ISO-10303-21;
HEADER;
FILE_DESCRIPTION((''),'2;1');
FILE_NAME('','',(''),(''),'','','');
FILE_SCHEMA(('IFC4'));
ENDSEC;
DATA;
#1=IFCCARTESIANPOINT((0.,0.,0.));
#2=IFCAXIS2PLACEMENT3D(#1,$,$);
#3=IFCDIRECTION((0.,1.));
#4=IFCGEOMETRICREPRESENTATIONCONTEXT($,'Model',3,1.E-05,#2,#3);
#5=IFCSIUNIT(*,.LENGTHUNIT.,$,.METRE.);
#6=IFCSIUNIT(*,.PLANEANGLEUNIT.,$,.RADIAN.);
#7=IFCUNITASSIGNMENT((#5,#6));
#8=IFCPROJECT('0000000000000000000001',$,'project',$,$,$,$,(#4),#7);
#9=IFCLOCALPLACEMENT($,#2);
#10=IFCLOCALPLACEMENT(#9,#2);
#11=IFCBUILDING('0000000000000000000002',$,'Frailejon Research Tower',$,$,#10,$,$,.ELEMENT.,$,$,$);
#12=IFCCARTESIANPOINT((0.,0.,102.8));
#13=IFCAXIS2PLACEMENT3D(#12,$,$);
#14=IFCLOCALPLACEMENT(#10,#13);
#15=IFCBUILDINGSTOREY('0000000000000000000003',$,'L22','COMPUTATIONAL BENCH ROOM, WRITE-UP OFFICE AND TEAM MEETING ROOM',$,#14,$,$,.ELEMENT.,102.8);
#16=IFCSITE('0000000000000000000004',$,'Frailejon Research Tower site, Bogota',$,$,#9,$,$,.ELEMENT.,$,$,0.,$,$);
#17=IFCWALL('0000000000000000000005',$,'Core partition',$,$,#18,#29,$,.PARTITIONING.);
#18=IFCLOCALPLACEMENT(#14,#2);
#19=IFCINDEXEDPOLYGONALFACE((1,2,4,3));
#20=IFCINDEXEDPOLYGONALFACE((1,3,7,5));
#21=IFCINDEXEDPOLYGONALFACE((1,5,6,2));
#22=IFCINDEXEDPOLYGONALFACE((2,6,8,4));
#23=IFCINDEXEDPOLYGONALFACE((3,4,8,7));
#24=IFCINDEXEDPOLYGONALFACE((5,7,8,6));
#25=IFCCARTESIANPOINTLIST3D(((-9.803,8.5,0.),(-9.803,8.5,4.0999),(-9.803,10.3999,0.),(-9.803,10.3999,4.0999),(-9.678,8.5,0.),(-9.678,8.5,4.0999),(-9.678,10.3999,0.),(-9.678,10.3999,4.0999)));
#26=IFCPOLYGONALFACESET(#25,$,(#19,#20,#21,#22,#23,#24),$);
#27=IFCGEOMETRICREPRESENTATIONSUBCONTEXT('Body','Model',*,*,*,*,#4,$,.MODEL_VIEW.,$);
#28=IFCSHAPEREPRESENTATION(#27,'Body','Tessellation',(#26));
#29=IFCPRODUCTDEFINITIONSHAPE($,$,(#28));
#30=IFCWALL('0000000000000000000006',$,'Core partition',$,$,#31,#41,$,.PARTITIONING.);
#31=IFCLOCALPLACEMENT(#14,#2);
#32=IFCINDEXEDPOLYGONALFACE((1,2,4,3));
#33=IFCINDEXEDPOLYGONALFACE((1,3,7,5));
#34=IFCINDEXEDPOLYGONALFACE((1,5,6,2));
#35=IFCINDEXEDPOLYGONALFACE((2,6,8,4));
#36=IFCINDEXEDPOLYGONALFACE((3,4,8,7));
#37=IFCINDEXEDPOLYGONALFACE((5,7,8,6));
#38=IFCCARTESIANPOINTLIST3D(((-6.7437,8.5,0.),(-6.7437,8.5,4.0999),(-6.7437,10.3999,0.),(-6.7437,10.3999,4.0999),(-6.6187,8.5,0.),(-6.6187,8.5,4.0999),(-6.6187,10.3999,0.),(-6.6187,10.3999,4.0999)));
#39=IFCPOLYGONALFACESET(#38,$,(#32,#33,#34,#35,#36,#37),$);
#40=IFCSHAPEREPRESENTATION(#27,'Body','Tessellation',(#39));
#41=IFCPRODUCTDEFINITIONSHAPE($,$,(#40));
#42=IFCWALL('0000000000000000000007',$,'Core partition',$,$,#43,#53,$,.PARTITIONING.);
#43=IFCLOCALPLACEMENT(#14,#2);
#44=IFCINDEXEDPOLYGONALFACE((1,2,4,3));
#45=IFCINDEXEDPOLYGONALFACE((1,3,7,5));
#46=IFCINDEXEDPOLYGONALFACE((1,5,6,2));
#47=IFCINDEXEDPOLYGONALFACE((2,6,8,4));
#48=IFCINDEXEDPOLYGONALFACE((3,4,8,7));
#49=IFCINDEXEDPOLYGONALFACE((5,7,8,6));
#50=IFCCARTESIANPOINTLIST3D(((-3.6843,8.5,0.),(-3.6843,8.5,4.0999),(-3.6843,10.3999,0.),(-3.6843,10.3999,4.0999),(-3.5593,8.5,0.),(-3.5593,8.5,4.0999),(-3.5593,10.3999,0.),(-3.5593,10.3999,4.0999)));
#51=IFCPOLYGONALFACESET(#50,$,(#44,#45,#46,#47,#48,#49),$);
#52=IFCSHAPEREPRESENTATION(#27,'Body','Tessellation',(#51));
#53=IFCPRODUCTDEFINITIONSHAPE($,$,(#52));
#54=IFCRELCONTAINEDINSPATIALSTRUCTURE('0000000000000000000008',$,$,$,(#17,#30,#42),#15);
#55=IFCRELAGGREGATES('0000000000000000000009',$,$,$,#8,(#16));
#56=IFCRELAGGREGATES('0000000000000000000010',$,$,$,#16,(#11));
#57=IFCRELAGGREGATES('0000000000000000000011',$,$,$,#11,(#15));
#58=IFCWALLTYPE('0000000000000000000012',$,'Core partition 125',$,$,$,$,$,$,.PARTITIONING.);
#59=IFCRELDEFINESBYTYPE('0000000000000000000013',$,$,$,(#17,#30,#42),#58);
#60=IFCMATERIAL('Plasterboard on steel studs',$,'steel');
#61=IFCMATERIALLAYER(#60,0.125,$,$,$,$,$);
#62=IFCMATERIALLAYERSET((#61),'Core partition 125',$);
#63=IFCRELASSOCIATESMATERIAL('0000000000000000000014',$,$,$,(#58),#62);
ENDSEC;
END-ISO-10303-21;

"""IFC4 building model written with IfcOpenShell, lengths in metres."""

from ifc_helpers import new_model, si_unit, direction, frame, frame_2d, origin, place, context, subcontext, project, spatial, rectangle, extrude, material, layer, layer_set, type_object, element, save


model = new_model("IFC4")

# Units and contexts
model_context = context("Model", 3, precision=1e-05, world=origin(), true_north=direction((0.0, 1.0)))
body_context = subcontext(model_context, "Body", "Model", "MODEL_VIEW")
ifc_project = project(units=[si_unit("LENGTHUNIT", "METRE"), si_unit("PLANEANGLEUNIT", "RADIAN")], contexts=[model_context])

# Site, building, storey
site_placement = place(None, origin())
site = spatial("IfcSite", under=ifc_project, at=site_placement, Name="Frailejon Research Tower site, Bogota", CompositionType="ELEMENT", RefElevation=0.0)
building_placement = place(site_placement, origin())
building = spatial("IfcBuilding", under=site, at=building_placement, Name="Frailejon Research Tower", CompositionType="ELEMENT")
storey_placement = place(building_placement, frame((0.0, 0.0, 102.8)))
storey = spatial("IfcBuildingStorey", under=building, at=storey_placement, Name="L22", Description="COMPUTATIONAL BENCH ROOM, WRITE-UP OFFICE AND TEAM MEETING ROOM", CompositionType="ELEMENT", Elevation=102.8)

# Walls
ifc_material_1 = material(Name="Plasterboard on steel studs", Category="steel")
ifc_layer_1 = layer(ifc_material_1, 0.125)
ifc_layer_set_1 = layer_set([ifc_layer_1], Name="Core partition 125")
wall_type_1 = type_object("IfcWallType", Name="Core partition 125", PredefinedType="PARTITIONING", material=ifc_layer_set_1)
for number, where, z_axis, x_axis, name in (
    (1, (-9.7405, 8.5, 0.0), (0.0, 0.0, 1.0), (0.0, 1.0, 0.0), "Core partition"),
    (2, (-6.6812, 8.5, 0.0), (0.0, 0.0, 1.0), (0.0, 1.0, 0.0), "Core partition"),
    (3, (-3.6218, 8.5, 0.0), (0.0, 0.0, 1.0), (0.0, 1.0, 0.0), "Core partition"),
):
    element("IfcWall", number, at=place(storey_placement, frame(where, z_axis=z_axis, x_axis=x_axis)), inside=storey, type_object=wall_type_1, Name=name, PredefinedType="PARTITIONING", context=body_context, shape_type="SweptSolid", body=[
        extrude(rectangle(XDim=1.8999, YDim=0.125, at=frame_2d((0.95, 0.0))), origin(), (0.0, 0.0, 1.0), 4.0999),
    ])

save(model, "model.ifc")
